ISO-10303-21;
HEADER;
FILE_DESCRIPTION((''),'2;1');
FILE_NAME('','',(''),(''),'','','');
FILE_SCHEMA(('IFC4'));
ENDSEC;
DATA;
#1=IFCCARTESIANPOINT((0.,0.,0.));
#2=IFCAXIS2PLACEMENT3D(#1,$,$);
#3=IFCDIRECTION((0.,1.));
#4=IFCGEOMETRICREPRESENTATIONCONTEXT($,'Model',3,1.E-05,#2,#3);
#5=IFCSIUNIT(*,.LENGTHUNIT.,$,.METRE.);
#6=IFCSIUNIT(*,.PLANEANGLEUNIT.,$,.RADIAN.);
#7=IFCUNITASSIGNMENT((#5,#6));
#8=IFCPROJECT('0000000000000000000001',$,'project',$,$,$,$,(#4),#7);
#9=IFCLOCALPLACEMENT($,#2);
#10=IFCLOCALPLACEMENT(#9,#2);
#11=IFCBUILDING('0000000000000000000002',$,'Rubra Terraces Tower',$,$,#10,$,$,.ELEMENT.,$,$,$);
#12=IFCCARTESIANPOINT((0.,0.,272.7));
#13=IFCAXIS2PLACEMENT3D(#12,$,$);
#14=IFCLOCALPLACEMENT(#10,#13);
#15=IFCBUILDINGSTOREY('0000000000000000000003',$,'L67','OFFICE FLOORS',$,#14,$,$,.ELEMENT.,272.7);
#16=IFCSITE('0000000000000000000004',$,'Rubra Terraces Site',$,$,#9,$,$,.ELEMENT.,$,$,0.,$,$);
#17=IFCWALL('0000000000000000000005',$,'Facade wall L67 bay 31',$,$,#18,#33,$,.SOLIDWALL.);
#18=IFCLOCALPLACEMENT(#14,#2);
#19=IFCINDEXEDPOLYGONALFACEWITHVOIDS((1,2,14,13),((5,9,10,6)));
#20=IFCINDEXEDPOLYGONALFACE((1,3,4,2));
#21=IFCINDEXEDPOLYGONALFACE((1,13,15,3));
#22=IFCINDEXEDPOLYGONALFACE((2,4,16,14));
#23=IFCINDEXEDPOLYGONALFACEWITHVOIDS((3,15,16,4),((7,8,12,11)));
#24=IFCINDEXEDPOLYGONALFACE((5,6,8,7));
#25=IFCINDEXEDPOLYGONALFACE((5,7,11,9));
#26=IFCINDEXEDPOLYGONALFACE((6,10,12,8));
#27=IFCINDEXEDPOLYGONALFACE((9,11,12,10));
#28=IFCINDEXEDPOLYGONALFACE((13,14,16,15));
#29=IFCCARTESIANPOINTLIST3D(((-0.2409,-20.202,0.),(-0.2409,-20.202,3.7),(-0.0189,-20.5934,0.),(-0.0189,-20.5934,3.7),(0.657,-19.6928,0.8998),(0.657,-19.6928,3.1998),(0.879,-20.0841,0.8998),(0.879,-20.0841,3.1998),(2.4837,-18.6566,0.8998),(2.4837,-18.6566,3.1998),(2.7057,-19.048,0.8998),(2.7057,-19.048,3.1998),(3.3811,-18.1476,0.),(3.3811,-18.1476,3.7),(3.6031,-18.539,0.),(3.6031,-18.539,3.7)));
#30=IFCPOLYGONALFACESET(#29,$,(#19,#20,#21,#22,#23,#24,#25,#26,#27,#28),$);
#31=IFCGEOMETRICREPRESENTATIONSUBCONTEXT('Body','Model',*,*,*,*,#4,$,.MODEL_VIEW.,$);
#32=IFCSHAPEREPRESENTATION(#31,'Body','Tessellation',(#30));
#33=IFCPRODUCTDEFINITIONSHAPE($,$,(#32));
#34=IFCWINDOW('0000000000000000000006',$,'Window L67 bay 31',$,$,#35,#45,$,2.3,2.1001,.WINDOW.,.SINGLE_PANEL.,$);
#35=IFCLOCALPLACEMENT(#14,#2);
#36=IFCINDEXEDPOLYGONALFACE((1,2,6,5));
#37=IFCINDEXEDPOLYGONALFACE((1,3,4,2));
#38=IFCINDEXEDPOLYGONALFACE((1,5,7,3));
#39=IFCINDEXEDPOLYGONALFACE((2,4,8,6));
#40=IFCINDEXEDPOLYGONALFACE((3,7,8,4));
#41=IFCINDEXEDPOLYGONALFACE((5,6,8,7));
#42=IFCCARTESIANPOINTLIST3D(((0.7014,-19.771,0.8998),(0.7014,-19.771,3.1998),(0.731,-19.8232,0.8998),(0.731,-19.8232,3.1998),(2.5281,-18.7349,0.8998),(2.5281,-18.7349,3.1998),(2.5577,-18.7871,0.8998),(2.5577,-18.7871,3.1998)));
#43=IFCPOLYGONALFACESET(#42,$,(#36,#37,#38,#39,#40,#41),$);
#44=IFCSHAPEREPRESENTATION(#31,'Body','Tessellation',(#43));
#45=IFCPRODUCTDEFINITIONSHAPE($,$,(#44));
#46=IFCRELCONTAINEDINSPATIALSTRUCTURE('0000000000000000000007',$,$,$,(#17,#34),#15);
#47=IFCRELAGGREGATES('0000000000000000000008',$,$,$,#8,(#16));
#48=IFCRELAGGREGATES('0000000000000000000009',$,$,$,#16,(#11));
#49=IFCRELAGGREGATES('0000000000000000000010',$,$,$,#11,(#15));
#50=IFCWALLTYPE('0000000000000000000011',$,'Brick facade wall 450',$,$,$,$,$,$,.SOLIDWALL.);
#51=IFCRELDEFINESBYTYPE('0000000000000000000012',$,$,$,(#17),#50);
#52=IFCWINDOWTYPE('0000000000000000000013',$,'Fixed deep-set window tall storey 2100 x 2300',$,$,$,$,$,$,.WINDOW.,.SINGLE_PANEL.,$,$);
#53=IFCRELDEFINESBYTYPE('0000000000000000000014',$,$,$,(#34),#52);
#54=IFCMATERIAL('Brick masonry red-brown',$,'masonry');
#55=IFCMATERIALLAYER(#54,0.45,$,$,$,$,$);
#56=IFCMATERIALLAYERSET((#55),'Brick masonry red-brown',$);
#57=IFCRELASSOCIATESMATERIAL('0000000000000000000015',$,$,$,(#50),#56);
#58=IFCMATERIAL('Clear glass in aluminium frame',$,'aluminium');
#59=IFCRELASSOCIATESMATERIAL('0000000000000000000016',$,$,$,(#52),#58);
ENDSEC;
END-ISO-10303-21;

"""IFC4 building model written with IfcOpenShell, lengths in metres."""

from ifc_helpers import new_model, si_unit, direction, frame, frame_2d, origin, place, context, subcontext, project, spatial, rectangle, extrude, material, layer, layer_set, type_object, element, fill, save


model = new_model("IFC4")

# Units and contexts
model_context = context("Model", 3, precision=1e-05, world=origin(), true_north=direction((0.0, 1.0)))
body_context = subcontext(model_context, "Body", "Model", "MODEL_VIEW")
ifc_project = project(units=[si_unit("LENGTHUNIT", "METRE"), si_unit("PLANEANGLEUNIT", "RADIAN")], contexts=[model_context])

# Site, building, storey
site_placement = place(None, origin())
site = spatial("IfcSite", under=ifc_project, at=site_placement, Name="Rubra Terraces Site", CompositionType="ELEMENT", RefElevation=0.0)
building_placement = place(site_placement, origin())
building = spatial("IfcBuilding", under=site, at=building_placement, Name="Rubra Terraces Tower", CompositionType="ELEMENT")
storey_placement = place(building_placement, frame((0.0, 0.0, 272.7)))
storey = spatial("IfcBuildingStorey", under=building, at=storey_placement, Name="L67", Description="OFFICE FLOORS", CompositionType="ELEMENT", Elevation=272.7)

# Wall, opening, window
ifc_material_1 = material(Name="Brick masonry red-brown", Category="masonry")
ifc_layer = layer(ifc_material_1, 0.45)
ifc_layer_set = layer_set([ifc_layer], Name="Brick masonry red-brown")
wall_type = type_object("IfcWallType", Name="Brick facade wall 450", PredefinedType="SOLIDWALL", material=ifc_layer_set)
ifc_material_2 = material(Name="Clear glass in aluminium frame", Category="aluminium")
window_type = type_object("IfcWindowType", Name="Fixed deep-set window tall storey 2100 x 2300", PartitioningType="SINGLE_PANEL", PredefinedType="WINDOW", material=ifc_material_2)
wall_1_placement = place(storey_placement, frame((-0.1299, -20.3977, 0.0), z_axis=(0.0, 0.0, 1.0), x_axis=(0.869823, 0.493365, 0.0)))
wall_1 = element("IfcWall", 1, at=wall_1_placement, inside=storey, type_object=wall_type, Name="Facade wall L67 bay 31", PredefinedType="SOLIDWALL", context=body_context, shape_type="SweptSolid", body=[
    extrude(rectangle(XDim=4.1641, YDim=0.45, at=frame_2d((2.082, 0.0))), origin(), (0.0, 0.0, 1.0), 3.7),
])
opening_1_placement = place(wall_1_placement, frame((1.0322, 0.0, 0.8999)))
opening_1 = element("IfcOpeningElement", 2, at=opening_1_placement, cuts=wall_1, PredefinedType="OPENING", context=body_context, shape_type="SweptSolid", body=[
    extrude(rectangle(XDim=2.1001, YDim=2.3, at=frame_2d((1.05, 1.1499))), frame((0.0, 0.2349, 0.0), z_axis=(0.0, -1.0, 0.0), x_axis=(1.0, 0.0, 0.0)), (0.0, 0.0, 1.0), 0.47),
])
window_1_placement = place(opening_1_placement, origin())
window_1 = element("IfcWindow", 3, at=window_1_placement, inside=storey, type_object=window_type, Name="Window L67 bay 31", OverallHeight=2.3, OverallWidth=2.1001, PartitioningType="SINGLE_PANEL", PredefinedType="WINDOW", context=body_context, shape_type="SweptSolid", body=[
    extrude(rectangle(XDim=2.1001, YDim=2.3, at=frame_2d((1.05, 1.1499))), frame((0.0, 0.135, 0.0), z_axis=(0.0, -1.0, 0.0), x_axis=(1.0, 0.0, 0.0)), (0.0, 0.0, 1.0), 0.0601),
])
fill(opening_1, window_1)

save(model, "model.ifc")
